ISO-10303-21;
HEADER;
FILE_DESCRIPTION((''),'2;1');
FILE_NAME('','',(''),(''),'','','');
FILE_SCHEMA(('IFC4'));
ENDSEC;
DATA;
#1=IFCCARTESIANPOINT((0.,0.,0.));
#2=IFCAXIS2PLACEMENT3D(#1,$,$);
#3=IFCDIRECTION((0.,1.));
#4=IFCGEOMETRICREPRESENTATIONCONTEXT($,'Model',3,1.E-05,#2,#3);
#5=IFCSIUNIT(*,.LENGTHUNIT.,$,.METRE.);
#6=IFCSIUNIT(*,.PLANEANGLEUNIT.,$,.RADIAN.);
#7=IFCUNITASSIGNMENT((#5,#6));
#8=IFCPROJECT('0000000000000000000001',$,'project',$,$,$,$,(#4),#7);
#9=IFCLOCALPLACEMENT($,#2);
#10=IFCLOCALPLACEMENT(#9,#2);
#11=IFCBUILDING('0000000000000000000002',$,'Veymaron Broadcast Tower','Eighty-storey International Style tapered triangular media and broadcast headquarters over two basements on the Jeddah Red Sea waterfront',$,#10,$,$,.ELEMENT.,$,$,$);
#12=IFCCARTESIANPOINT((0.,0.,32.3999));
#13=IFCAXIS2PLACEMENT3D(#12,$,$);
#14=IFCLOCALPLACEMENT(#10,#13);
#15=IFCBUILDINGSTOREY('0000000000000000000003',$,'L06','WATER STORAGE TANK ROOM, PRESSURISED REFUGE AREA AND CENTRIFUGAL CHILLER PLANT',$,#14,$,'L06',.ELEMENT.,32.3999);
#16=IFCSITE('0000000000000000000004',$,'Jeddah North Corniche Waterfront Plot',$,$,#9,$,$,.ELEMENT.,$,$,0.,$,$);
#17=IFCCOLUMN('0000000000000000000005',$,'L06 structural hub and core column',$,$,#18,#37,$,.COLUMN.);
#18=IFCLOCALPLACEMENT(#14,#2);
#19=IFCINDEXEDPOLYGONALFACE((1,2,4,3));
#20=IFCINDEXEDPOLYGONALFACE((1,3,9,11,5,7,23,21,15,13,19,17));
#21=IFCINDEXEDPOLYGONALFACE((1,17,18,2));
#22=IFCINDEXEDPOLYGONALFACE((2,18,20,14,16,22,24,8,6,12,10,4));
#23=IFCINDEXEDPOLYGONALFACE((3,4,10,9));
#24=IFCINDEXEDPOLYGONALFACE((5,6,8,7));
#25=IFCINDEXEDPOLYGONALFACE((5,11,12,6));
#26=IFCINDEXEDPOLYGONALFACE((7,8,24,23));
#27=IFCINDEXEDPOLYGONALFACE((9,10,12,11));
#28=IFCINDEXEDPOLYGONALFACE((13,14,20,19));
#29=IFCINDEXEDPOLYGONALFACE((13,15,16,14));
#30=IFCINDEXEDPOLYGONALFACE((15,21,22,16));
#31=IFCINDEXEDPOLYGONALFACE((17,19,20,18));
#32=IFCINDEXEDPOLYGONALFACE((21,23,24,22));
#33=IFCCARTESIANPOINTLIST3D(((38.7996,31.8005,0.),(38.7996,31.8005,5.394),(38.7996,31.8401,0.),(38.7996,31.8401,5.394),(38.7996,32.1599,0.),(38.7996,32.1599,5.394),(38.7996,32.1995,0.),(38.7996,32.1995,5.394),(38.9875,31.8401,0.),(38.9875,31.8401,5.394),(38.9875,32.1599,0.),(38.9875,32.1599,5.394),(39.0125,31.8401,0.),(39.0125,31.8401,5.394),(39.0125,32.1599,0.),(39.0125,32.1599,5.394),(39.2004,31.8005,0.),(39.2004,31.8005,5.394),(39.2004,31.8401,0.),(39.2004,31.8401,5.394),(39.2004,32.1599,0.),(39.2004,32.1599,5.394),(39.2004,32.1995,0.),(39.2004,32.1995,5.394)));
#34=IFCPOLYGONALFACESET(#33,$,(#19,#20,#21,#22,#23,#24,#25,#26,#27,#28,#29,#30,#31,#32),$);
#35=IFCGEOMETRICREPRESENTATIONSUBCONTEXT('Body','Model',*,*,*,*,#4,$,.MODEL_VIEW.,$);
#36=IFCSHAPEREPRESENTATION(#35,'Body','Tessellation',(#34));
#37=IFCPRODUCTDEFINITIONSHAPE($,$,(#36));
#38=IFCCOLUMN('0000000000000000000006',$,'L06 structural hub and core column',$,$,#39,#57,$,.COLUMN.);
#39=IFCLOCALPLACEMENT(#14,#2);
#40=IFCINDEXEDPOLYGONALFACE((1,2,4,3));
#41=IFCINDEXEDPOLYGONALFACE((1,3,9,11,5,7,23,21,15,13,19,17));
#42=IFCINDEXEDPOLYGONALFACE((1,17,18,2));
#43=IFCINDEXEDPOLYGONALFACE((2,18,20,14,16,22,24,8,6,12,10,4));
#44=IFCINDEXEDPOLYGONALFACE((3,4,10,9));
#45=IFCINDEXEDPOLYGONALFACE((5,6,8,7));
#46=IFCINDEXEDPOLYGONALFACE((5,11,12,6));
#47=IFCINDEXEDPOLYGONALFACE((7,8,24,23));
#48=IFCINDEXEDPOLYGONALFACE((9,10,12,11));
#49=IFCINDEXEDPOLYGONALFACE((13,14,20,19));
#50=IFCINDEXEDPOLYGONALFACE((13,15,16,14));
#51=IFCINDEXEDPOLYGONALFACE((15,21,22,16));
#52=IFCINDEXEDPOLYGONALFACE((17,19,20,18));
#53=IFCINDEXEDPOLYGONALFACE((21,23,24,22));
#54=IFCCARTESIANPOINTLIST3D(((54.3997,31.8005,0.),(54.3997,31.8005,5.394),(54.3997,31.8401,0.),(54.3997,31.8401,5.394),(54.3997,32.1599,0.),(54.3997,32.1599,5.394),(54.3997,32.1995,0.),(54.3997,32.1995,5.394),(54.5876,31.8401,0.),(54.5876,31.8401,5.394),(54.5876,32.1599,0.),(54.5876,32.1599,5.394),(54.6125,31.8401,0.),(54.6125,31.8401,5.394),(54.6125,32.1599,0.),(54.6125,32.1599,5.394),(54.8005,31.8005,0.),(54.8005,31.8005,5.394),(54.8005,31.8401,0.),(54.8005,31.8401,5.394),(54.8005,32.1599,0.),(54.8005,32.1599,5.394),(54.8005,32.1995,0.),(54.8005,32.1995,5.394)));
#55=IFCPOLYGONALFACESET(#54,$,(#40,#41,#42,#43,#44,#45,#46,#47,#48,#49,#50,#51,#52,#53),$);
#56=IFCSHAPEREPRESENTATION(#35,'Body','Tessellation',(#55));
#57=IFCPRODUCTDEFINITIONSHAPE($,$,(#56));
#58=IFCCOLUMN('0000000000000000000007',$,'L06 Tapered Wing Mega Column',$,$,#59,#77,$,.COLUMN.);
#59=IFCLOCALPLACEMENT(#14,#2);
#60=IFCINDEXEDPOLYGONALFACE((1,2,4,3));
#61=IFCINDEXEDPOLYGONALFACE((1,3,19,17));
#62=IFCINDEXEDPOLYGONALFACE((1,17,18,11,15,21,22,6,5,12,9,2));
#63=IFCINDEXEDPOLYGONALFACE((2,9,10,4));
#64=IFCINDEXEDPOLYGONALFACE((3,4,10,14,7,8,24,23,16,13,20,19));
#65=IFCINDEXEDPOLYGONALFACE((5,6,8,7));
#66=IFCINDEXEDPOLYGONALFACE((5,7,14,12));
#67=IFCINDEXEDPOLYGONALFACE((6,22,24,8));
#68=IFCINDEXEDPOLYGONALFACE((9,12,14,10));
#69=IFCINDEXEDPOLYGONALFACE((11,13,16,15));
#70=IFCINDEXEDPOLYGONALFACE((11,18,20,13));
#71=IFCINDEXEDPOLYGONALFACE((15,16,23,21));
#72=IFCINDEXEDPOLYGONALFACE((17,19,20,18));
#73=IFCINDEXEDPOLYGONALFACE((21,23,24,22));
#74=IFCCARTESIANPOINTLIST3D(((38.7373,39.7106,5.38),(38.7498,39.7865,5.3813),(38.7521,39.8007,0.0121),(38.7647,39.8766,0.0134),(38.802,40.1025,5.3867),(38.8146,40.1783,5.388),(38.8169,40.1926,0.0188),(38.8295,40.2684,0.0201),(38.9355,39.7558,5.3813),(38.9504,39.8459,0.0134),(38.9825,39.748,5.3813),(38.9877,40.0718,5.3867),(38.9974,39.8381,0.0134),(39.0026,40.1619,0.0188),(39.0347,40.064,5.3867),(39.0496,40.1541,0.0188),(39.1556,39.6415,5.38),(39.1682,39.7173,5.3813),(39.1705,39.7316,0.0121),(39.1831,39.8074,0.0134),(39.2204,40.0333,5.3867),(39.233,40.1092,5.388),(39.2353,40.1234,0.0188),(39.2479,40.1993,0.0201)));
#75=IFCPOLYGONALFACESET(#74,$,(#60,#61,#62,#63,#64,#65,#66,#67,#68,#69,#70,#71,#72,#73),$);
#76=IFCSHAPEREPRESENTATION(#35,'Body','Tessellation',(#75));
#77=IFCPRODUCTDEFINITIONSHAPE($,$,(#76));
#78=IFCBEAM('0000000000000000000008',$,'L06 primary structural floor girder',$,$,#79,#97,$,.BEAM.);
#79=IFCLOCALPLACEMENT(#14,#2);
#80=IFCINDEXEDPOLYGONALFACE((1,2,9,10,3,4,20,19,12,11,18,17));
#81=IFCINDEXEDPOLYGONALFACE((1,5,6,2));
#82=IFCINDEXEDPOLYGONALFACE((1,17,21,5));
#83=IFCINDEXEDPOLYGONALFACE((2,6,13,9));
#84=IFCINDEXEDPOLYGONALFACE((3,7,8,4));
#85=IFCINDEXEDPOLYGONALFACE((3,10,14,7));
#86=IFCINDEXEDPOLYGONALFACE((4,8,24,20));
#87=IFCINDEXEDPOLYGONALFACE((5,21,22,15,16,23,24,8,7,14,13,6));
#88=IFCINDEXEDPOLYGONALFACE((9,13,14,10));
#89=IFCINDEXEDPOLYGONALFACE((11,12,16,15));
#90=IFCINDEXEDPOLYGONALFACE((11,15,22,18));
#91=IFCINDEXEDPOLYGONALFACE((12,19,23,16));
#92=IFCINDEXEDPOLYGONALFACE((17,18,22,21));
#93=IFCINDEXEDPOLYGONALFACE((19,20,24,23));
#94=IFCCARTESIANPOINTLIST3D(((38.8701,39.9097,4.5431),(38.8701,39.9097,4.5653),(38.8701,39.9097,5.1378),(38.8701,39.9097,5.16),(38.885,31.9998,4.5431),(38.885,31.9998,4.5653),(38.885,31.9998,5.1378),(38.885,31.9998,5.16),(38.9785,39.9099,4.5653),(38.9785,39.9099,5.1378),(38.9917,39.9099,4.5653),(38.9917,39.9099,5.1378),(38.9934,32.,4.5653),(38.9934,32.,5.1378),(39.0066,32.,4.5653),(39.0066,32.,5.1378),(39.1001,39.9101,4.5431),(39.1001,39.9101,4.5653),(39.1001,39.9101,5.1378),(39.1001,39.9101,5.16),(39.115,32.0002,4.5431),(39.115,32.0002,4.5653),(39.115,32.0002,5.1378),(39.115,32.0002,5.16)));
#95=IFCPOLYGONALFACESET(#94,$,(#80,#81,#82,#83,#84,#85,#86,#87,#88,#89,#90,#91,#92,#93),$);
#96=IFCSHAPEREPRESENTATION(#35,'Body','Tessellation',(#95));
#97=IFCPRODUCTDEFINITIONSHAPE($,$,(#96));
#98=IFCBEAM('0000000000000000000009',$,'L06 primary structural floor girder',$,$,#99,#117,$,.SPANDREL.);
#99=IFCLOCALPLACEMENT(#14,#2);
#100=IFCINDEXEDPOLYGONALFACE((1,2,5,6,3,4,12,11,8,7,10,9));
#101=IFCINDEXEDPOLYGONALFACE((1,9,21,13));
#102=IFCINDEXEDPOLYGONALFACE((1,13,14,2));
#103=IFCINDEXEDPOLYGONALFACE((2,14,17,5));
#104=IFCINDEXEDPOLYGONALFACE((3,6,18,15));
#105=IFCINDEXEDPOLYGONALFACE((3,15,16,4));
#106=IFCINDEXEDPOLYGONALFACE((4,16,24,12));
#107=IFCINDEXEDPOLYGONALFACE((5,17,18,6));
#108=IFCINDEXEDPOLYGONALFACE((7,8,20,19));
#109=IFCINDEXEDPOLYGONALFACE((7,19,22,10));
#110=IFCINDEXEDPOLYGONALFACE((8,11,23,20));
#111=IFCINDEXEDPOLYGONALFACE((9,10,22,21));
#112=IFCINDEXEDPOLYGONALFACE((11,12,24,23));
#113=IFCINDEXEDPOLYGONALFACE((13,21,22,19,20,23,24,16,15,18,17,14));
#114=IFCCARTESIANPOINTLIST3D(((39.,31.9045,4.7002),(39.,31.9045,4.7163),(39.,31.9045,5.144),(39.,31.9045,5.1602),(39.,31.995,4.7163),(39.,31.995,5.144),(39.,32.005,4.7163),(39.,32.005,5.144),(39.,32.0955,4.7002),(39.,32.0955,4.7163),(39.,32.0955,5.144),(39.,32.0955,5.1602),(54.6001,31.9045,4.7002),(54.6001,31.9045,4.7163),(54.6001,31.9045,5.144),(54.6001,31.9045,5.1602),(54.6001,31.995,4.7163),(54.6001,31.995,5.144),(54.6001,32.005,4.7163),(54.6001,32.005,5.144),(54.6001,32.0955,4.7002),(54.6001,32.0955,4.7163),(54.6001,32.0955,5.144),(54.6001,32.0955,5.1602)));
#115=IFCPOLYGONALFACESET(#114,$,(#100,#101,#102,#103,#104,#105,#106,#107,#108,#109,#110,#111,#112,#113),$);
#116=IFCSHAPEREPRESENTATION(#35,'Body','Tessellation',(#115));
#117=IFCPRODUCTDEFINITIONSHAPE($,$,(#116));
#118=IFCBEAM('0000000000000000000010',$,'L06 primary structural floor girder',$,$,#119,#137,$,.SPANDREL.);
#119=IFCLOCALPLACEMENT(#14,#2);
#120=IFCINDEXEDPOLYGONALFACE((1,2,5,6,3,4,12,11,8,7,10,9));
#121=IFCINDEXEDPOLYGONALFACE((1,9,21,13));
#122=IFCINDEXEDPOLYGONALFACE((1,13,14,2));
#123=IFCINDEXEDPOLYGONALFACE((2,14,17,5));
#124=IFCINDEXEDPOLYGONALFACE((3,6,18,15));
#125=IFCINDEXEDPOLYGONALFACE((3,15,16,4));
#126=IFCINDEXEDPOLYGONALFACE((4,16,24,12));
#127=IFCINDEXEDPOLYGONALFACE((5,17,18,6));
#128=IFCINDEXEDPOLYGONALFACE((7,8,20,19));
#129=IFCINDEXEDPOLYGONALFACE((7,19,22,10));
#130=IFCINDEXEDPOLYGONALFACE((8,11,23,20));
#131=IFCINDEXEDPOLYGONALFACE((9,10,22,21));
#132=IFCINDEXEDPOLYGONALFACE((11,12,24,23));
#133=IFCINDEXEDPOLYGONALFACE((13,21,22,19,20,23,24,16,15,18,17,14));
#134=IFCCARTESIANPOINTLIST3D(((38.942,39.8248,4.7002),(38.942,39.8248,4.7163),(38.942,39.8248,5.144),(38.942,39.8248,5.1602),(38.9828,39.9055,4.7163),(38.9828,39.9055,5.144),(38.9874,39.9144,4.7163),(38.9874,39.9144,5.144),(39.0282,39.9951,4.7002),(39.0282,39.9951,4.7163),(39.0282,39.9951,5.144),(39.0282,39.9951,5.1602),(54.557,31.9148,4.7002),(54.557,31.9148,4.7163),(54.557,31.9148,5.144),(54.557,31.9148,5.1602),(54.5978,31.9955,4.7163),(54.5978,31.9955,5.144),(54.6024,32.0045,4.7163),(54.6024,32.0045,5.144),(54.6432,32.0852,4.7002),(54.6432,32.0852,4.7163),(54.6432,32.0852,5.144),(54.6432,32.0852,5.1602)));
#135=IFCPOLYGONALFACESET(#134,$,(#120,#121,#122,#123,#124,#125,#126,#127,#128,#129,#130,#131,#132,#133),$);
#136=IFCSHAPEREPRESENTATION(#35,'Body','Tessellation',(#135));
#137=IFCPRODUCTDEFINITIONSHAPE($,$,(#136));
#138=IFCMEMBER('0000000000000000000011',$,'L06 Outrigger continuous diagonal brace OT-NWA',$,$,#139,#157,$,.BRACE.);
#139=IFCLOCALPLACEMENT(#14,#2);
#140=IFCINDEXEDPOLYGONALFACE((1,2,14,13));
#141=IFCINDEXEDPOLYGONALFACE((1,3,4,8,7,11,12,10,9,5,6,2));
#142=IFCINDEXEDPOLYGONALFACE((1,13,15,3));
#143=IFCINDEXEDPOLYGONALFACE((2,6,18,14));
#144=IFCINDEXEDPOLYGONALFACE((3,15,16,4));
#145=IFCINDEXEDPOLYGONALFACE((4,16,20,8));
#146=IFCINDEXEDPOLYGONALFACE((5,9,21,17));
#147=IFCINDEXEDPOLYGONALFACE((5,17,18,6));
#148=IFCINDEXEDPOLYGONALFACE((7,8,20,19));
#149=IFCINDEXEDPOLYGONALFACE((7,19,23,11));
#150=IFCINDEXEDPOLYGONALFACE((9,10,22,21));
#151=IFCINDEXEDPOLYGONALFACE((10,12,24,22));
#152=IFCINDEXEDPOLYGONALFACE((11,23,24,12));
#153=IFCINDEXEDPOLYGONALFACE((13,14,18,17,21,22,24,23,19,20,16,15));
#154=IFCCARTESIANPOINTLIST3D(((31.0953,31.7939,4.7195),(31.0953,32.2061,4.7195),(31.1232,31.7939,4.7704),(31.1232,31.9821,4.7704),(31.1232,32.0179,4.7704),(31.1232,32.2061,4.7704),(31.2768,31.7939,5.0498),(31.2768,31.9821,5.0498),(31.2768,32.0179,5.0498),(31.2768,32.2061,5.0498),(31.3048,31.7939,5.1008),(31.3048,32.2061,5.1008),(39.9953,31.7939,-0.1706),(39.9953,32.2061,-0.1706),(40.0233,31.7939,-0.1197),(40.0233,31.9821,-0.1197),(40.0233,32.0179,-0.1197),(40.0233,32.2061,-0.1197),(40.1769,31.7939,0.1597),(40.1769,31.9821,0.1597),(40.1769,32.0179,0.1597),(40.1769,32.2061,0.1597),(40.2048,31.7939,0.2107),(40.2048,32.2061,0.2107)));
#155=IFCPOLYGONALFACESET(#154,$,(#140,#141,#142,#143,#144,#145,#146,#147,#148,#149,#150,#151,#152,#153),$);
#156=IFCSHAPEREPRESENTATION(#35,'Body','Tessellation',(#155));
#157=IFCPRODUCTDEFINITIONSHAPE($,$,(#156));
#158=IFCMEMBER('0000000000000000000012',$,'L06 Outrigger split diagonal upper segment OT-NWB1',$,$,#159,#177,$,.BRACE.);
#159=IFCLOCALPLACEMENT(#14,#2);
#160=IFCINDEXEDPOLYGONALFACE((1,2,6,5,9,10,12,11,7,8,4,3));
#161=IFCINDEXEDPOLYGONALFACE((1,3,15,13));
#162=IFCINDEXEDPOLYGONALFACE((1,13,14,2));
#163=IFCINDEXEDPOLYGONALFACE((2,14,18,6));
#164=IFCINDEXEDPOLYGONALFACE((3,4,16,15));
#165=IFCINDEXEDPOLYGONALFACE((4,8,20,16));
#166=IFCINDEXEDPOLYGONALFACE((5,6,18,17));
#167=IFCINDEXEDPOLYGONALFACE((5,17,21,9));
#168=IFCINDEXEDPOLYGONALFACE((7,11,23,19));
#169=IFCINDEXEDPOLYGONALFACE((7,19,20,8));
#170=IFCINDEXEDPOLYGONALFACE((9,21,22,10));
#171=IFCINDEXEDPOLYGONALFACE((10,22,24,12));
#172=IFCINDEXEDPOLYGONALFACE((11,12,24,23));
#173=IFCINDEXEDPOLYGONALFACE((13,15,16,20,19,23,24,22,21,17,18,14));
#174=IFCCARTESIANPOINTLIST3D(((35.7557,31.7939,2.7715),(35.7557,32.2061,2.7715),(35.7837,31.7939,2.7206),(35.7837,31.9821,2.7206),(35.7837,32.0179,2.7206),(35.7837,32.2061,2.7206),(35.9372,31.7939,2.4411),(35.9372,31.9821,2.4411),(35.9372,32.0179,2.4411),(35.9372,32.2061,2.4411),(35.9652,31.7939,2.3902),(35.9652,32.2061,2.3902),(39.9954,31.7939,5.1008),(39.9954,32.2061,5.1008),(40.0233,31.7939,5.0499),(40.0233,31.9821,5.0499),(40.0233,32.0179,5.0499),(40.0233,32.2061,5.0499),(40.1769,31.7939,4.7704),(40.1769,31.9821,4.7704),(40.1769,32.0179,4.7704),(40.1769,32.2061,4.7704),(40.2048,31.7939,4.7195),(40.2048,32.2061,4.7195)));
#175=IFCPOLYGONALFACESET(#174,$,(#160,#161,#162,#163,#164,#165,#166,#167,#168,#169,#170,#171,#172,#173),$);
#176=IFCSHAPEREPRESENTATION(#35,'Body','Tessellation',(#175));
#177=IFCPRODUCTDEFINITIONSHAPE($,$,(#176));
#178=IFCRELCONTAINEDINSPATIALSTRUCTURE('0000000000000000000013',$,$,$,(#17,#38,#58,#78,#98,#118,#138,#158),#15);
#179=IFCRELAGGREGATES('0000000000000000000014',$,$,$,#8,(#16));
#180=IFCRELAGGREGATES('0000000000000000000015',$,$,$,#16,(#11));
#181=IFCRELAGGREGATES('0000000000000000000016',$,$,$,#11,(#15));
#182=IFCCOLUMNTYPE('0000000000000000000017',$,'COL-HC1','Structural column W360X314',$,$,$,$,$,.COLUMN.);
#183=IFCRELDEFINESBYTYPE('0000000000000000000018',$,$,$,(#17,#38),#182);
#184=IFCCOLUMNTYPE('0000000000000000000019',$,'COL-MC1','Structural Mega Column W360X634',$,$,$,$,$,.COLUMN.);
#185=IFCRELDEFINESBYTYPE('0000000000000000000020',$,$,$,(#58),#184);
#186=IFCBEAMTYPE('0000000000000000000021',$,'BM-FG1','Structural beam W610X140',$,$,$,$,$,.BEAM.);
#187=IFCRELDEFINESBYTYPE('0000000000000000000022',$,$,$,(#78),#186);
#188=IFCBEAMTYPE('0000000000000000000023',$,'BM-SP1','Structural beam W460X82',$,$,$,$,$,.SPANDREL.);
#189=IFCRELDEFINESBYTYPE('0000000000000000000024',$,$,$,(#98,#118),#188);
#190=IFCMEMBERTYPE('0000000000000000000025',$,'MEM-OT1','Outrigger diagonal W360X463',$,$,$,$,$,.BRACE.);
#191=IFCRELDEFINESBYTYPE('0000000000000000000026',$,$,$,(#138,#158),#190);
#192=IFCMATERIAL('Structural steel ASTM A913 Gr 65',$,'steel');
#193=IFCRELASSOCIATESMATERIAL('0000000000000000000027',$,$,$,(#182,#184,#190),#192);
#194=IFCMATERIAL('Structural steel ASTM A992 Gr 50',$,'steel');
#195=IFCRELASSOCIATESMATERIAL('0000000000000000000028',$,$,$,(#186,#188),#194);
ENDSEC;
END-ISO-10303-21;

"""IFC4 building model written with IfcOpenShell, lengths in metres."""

from ifc_helpers import new_model, si_unit, direction, frame, origin, origin_2d, place, context, subcontext, project, spatial, i_section, extrude, material, material_profile, profile_set, type_object, element, save


model = new_model("IFC4")

# Units and contexts
model_context = context("Model", 3, precision=1e-05, world=origin(), true_north=direction((0.0, 1.0)))
body_context = subcontext(model_context, "Body", "Model", "MODEL_VIEW")
ifc_project = project(units=[si_unit("LENGTHUNIT", "METRE"), si_unit("PLANEANGLEUNIT", "RADIAN")], contexts=[model_context])

# Site, building, storey
site_placement = place(None, origin())
site = spatial("IfcSite", under=ifc_project, at=site_placement, Name="Jeddah North Corniche Waterfront Plot", CompositionType="ELEMENT", RefElevation=0.0)
building_placement = place(site_placement, origin())
building = spatial("IfcBuilding", under=site, at=building_placement, Name="Veymaron Broadcast Tower", Description="Eighty-storey International Style tapered triangular media and broadcast headquarters over two basements on the Jeddah Red Sea waterfront", CompositionType="ELEMENT")
storey_placement = place(building_placement, frame((0.0, 0.0, 32.3999)))
storey = spatial("IfcBuildingStorey", under=building, at=storey_placement, Name="L06", Description="WATER STORAGE TANK ROOM, PRESSURISED REFUGE AREA AND CENTRIFUGAL CHILLER PLANT", LongName="L06", CompositionType="ELEMENT", Elevation=32.3999)

# Columns
ifc_material_1 = material(Name="Structural steel ASTM A913 Gr 65", Category="steel")
ifc_material_profile_1 = material_profile(ifc_material_1, i_section(OverallWidth=0.4009, OverallDepth=0.3989, WebThickness=0.0249, FlangeThickness=0.0396, at=origin_2d()), Name="W360X314")
ifc_profile_set_1 = profile_set([ifc_material_profile_1], Name="Structural steel ASTM A913 Gr 65")
column_type_1 = type_object("IfcColumnType", Name="COL-HC1", Description="Structural column W360X314", PredefinedType="COLUMN", material=ifc_profile_set_1)
for number, where, z_axis, x_axis, name in (
    (1, (39.0, 32.0, 0.0), (0.0, 0.0, 1.0), (1.0, 0.0, 0.0), "L06 structural hub and core column"),
    (2, (54.6001, 32.0, 0.0), (0.0, 0.0, 1.0), (1.0, 0.0, 0.0), "L06 structural hub and core column"),
):
    element("IfcColumn", number, at=place(storey_placement, frame(where, z_axis=z_axis, x_axis=x_axis)), inside=storey, type_object=column_type_1, Name=name, PredefinedType="COLUMN", context=body_context, shape_type="SweptSolid", body=[
        extrude(i_section(OverallWidth=0.4009, OverallDepth=0.3989, WebThickness=0.0249, FlangeThickness=0.0396, at=origin_2d()), origin(), (0.0, 0.0, 1.0), 5.394),
    ])
ifc_material_profile_2 = material_profile(ifc_material_1, i_section(OverallWidth=0.4241, OverallDepth=0.4741, WebThickness=0.0476, FlangeThickness=0.0769, at=origin_2d()), Name="W360X634")
ifc_profile_set_2 = profile_set([ifc_material_profile_2], Name="Structural steel ASTM A913 Gr 65")
column_type_2 = type_object("IfcColumnType", Name="COL-MC1", Description="Structural Mega Column W360X634", PredefinedType="COLUMN", material=ifc_profile_set_2)
column_placement = place(storey_placement, frame((39.0, 40.0, 0.0161), z_axis=(-0.002774, -0.01678, 0.999855), x_axis=(0.98661, -0.163098, 0.0)))
element("IfcColumn", 3, at=column_placement, inside=storey, type_object=column_type_2, Name="L06 Tapered Wing Mega Column", PredefinedType="COLUMN", context=body_context, shape_type="SweptSolid", body=[
    extrude(i_section(OverallWidth=0.4241, OverallDepth=0.4741, WebThickness=0.0476, FlangeThickness=0.0769, at=origin_2d()), origin(), (0.0, 0.0, 1.0), 5.3687),
])

# Beams
ifc_material_2 = material(Name="Structural steel ASTM A992 Gr 50", Category="steel")
ifc_material_profile_3 = material_profile(ifc_material_2, i_section(OverallWidth=0.23, OverallDepth=0.6169, WebThickness=0.0132, FlangeThickness=0.0222, at=origin_2d()), Name="W610X140")
ifc_profile_set_3 = profile_set([ifc_material_profile_3], Name="Structural steel ASTM A992 Gr 50")
beam_type_1 = type_object("IfcBeamType", Name="BM-FG1", Description="Structural beam W610X140", PredefinedType="BEAM", material=ifc_profile_set_3)
beam_1_placement = place(storey_placement, frame((39.0, 32.0, 4.8516), z_axis=(-0.001883, 0.999998, 0.0), x_axis=(-0.999998, -0.001883, 0.0)))
element("IfcBeam", 4, at=beam_1_placement, inside=storey, type_object=beam_type_1, Name="L06 primary structural floor girder", PredefinedType="BEAM", context=body_context, shape_type="SweptSolid", body=[
    extrude(i_section(OverallWidth=0.23, OverallDepth=0.6169, WebThickness=0.0132, FlangeThickness=0.0222, at=origin_2d()), origin(), (0.0, 0.0, 1.0), 7.9099),
])
ifc_material_profile_4 = material_profile(ifc_material_2, i_section(OverallWidth=0.1909, OverallDepth=0.46, WebThickness=0.01, FlangeThickness=0.0161, at=origin_2d()), Name="W460X82")
ifc_profile_set_4 = profile_set([ifc_material_profile_4], Name="Structural steel ASTM A992 Gr 50")
beam_type_2 = type_object("IfcBeamType", Name="BM-SP1", Description="Structural beam W460X82", PredefinedType="SPANDREL", material=ifc_profile_set_4)
beam_2_placement = place(storey_placement, frame((39.0, 32.0, 4.9302), z_axis=(1.0, 0.0, 0.0), x_axis=(0.0, 1.0, 0.0)))
element("IfcBeam", 5, at=beam_2_placement, inside=storey, type_object=beam_type_2, Name="L06 primary structural floor girder", PredefinedType="SPANDREL", context=body_context, shape_type="SweptSolid", body=[
    extrude(i_section(OverallWidth=0.1909, OverallDepth=0.46, WebThickness=0.01, FlangeThickness=0.0161, at=origin_2d()), origin(), (0.0, 0.0, 1.0), 15.6001),
])
beam_3_placement = place(storey_placement, frame((54.6001, 32.0, 4.9302), z_axis=(-0.892075, 0.451888, 0.0), x_axis=(-0.451888, -0.892075, 0.0)))
element("IfcBeam", 6, at=beam_3_placement, inside=storey, type_object=beam_type_2, Name="L06 primary structural floor girder", PredefinedType="SPANDREL", context=body_context, shape_type="SweptSolid", body=[
    extrude(i_section(OverallWidth=0.1909, OverallDepth=0.46, WebThickness=0.01, FlangeThickness=0.0161, at=origin_2d()), origin(), (0.0, 0.0, 1.0), 17.5042),
])

# Members
ifc_material_profile_5 = material_profile(ifc_material_1, i_section(OverallWidth=0.4121, OverallDepth=0.4351, WebThickness=0.0359, FlangeThickness=0.0581, at=origin_2d()), Name="W360X463")
ifc_profile_set_5 = profile_set([ifc_material_profile_5], Name="Structural steel ASTM A913 Gr 65")
member_type = type_object("IfcMemberType", Name="MEM-OT1", Description="Outrigger diagonal W360X463", PredefinedType="BRACE", material=ifc_profile_set_5)
member_1_placement = place(storey_placement, frame((40.1001, 32.0, 0.02), z_axis=(-0.876421, 0.0, 0.481545), x_axis=(0.0, -1.0, 0.0)))
element("IfcMember", 7, at=member_1_placement, inside=storey, type_object=member_type, Name="L06 Outrigger continuous diagonal brace OT-NWA", PredefinedType="BRACE", context=body_context, shape_type="SweptSolid", body=[
    extrude(i_section(OverallWidth=0.4121, OverallDepth=0.4351, WebThickness=0.0359, FlangeThickness=0.0581, at=origin_2d()), origin(), (0.0, 0.0, 1.0), 10.155),
])
member_2_placement = place(storey_placement, frame((40.1001, 32.0, 4.9102), z_axis=(-0.876435, 0.0, -0.48152), x_axis=(0.0, -1.0, 0.0)))
element("IfcMember", 8, at=member_2_placement, inside=storey, type_object=member_type, Name="L06 Outrigger split diagonal upper segment OT-NWB1", PredefinedType="BRACE", context=body_context, shape_type="SweptSolid", body=[
    extrude(i_section(OverallWidth=0.4121, OverallDepth=0.4351, WebThickness=0.0359, FlangeThickness=0.0581, at=origin_2d()), origin(), (0.0, 0.0, 1.0), 4.8374),
])

save(model, "model.ifc")
